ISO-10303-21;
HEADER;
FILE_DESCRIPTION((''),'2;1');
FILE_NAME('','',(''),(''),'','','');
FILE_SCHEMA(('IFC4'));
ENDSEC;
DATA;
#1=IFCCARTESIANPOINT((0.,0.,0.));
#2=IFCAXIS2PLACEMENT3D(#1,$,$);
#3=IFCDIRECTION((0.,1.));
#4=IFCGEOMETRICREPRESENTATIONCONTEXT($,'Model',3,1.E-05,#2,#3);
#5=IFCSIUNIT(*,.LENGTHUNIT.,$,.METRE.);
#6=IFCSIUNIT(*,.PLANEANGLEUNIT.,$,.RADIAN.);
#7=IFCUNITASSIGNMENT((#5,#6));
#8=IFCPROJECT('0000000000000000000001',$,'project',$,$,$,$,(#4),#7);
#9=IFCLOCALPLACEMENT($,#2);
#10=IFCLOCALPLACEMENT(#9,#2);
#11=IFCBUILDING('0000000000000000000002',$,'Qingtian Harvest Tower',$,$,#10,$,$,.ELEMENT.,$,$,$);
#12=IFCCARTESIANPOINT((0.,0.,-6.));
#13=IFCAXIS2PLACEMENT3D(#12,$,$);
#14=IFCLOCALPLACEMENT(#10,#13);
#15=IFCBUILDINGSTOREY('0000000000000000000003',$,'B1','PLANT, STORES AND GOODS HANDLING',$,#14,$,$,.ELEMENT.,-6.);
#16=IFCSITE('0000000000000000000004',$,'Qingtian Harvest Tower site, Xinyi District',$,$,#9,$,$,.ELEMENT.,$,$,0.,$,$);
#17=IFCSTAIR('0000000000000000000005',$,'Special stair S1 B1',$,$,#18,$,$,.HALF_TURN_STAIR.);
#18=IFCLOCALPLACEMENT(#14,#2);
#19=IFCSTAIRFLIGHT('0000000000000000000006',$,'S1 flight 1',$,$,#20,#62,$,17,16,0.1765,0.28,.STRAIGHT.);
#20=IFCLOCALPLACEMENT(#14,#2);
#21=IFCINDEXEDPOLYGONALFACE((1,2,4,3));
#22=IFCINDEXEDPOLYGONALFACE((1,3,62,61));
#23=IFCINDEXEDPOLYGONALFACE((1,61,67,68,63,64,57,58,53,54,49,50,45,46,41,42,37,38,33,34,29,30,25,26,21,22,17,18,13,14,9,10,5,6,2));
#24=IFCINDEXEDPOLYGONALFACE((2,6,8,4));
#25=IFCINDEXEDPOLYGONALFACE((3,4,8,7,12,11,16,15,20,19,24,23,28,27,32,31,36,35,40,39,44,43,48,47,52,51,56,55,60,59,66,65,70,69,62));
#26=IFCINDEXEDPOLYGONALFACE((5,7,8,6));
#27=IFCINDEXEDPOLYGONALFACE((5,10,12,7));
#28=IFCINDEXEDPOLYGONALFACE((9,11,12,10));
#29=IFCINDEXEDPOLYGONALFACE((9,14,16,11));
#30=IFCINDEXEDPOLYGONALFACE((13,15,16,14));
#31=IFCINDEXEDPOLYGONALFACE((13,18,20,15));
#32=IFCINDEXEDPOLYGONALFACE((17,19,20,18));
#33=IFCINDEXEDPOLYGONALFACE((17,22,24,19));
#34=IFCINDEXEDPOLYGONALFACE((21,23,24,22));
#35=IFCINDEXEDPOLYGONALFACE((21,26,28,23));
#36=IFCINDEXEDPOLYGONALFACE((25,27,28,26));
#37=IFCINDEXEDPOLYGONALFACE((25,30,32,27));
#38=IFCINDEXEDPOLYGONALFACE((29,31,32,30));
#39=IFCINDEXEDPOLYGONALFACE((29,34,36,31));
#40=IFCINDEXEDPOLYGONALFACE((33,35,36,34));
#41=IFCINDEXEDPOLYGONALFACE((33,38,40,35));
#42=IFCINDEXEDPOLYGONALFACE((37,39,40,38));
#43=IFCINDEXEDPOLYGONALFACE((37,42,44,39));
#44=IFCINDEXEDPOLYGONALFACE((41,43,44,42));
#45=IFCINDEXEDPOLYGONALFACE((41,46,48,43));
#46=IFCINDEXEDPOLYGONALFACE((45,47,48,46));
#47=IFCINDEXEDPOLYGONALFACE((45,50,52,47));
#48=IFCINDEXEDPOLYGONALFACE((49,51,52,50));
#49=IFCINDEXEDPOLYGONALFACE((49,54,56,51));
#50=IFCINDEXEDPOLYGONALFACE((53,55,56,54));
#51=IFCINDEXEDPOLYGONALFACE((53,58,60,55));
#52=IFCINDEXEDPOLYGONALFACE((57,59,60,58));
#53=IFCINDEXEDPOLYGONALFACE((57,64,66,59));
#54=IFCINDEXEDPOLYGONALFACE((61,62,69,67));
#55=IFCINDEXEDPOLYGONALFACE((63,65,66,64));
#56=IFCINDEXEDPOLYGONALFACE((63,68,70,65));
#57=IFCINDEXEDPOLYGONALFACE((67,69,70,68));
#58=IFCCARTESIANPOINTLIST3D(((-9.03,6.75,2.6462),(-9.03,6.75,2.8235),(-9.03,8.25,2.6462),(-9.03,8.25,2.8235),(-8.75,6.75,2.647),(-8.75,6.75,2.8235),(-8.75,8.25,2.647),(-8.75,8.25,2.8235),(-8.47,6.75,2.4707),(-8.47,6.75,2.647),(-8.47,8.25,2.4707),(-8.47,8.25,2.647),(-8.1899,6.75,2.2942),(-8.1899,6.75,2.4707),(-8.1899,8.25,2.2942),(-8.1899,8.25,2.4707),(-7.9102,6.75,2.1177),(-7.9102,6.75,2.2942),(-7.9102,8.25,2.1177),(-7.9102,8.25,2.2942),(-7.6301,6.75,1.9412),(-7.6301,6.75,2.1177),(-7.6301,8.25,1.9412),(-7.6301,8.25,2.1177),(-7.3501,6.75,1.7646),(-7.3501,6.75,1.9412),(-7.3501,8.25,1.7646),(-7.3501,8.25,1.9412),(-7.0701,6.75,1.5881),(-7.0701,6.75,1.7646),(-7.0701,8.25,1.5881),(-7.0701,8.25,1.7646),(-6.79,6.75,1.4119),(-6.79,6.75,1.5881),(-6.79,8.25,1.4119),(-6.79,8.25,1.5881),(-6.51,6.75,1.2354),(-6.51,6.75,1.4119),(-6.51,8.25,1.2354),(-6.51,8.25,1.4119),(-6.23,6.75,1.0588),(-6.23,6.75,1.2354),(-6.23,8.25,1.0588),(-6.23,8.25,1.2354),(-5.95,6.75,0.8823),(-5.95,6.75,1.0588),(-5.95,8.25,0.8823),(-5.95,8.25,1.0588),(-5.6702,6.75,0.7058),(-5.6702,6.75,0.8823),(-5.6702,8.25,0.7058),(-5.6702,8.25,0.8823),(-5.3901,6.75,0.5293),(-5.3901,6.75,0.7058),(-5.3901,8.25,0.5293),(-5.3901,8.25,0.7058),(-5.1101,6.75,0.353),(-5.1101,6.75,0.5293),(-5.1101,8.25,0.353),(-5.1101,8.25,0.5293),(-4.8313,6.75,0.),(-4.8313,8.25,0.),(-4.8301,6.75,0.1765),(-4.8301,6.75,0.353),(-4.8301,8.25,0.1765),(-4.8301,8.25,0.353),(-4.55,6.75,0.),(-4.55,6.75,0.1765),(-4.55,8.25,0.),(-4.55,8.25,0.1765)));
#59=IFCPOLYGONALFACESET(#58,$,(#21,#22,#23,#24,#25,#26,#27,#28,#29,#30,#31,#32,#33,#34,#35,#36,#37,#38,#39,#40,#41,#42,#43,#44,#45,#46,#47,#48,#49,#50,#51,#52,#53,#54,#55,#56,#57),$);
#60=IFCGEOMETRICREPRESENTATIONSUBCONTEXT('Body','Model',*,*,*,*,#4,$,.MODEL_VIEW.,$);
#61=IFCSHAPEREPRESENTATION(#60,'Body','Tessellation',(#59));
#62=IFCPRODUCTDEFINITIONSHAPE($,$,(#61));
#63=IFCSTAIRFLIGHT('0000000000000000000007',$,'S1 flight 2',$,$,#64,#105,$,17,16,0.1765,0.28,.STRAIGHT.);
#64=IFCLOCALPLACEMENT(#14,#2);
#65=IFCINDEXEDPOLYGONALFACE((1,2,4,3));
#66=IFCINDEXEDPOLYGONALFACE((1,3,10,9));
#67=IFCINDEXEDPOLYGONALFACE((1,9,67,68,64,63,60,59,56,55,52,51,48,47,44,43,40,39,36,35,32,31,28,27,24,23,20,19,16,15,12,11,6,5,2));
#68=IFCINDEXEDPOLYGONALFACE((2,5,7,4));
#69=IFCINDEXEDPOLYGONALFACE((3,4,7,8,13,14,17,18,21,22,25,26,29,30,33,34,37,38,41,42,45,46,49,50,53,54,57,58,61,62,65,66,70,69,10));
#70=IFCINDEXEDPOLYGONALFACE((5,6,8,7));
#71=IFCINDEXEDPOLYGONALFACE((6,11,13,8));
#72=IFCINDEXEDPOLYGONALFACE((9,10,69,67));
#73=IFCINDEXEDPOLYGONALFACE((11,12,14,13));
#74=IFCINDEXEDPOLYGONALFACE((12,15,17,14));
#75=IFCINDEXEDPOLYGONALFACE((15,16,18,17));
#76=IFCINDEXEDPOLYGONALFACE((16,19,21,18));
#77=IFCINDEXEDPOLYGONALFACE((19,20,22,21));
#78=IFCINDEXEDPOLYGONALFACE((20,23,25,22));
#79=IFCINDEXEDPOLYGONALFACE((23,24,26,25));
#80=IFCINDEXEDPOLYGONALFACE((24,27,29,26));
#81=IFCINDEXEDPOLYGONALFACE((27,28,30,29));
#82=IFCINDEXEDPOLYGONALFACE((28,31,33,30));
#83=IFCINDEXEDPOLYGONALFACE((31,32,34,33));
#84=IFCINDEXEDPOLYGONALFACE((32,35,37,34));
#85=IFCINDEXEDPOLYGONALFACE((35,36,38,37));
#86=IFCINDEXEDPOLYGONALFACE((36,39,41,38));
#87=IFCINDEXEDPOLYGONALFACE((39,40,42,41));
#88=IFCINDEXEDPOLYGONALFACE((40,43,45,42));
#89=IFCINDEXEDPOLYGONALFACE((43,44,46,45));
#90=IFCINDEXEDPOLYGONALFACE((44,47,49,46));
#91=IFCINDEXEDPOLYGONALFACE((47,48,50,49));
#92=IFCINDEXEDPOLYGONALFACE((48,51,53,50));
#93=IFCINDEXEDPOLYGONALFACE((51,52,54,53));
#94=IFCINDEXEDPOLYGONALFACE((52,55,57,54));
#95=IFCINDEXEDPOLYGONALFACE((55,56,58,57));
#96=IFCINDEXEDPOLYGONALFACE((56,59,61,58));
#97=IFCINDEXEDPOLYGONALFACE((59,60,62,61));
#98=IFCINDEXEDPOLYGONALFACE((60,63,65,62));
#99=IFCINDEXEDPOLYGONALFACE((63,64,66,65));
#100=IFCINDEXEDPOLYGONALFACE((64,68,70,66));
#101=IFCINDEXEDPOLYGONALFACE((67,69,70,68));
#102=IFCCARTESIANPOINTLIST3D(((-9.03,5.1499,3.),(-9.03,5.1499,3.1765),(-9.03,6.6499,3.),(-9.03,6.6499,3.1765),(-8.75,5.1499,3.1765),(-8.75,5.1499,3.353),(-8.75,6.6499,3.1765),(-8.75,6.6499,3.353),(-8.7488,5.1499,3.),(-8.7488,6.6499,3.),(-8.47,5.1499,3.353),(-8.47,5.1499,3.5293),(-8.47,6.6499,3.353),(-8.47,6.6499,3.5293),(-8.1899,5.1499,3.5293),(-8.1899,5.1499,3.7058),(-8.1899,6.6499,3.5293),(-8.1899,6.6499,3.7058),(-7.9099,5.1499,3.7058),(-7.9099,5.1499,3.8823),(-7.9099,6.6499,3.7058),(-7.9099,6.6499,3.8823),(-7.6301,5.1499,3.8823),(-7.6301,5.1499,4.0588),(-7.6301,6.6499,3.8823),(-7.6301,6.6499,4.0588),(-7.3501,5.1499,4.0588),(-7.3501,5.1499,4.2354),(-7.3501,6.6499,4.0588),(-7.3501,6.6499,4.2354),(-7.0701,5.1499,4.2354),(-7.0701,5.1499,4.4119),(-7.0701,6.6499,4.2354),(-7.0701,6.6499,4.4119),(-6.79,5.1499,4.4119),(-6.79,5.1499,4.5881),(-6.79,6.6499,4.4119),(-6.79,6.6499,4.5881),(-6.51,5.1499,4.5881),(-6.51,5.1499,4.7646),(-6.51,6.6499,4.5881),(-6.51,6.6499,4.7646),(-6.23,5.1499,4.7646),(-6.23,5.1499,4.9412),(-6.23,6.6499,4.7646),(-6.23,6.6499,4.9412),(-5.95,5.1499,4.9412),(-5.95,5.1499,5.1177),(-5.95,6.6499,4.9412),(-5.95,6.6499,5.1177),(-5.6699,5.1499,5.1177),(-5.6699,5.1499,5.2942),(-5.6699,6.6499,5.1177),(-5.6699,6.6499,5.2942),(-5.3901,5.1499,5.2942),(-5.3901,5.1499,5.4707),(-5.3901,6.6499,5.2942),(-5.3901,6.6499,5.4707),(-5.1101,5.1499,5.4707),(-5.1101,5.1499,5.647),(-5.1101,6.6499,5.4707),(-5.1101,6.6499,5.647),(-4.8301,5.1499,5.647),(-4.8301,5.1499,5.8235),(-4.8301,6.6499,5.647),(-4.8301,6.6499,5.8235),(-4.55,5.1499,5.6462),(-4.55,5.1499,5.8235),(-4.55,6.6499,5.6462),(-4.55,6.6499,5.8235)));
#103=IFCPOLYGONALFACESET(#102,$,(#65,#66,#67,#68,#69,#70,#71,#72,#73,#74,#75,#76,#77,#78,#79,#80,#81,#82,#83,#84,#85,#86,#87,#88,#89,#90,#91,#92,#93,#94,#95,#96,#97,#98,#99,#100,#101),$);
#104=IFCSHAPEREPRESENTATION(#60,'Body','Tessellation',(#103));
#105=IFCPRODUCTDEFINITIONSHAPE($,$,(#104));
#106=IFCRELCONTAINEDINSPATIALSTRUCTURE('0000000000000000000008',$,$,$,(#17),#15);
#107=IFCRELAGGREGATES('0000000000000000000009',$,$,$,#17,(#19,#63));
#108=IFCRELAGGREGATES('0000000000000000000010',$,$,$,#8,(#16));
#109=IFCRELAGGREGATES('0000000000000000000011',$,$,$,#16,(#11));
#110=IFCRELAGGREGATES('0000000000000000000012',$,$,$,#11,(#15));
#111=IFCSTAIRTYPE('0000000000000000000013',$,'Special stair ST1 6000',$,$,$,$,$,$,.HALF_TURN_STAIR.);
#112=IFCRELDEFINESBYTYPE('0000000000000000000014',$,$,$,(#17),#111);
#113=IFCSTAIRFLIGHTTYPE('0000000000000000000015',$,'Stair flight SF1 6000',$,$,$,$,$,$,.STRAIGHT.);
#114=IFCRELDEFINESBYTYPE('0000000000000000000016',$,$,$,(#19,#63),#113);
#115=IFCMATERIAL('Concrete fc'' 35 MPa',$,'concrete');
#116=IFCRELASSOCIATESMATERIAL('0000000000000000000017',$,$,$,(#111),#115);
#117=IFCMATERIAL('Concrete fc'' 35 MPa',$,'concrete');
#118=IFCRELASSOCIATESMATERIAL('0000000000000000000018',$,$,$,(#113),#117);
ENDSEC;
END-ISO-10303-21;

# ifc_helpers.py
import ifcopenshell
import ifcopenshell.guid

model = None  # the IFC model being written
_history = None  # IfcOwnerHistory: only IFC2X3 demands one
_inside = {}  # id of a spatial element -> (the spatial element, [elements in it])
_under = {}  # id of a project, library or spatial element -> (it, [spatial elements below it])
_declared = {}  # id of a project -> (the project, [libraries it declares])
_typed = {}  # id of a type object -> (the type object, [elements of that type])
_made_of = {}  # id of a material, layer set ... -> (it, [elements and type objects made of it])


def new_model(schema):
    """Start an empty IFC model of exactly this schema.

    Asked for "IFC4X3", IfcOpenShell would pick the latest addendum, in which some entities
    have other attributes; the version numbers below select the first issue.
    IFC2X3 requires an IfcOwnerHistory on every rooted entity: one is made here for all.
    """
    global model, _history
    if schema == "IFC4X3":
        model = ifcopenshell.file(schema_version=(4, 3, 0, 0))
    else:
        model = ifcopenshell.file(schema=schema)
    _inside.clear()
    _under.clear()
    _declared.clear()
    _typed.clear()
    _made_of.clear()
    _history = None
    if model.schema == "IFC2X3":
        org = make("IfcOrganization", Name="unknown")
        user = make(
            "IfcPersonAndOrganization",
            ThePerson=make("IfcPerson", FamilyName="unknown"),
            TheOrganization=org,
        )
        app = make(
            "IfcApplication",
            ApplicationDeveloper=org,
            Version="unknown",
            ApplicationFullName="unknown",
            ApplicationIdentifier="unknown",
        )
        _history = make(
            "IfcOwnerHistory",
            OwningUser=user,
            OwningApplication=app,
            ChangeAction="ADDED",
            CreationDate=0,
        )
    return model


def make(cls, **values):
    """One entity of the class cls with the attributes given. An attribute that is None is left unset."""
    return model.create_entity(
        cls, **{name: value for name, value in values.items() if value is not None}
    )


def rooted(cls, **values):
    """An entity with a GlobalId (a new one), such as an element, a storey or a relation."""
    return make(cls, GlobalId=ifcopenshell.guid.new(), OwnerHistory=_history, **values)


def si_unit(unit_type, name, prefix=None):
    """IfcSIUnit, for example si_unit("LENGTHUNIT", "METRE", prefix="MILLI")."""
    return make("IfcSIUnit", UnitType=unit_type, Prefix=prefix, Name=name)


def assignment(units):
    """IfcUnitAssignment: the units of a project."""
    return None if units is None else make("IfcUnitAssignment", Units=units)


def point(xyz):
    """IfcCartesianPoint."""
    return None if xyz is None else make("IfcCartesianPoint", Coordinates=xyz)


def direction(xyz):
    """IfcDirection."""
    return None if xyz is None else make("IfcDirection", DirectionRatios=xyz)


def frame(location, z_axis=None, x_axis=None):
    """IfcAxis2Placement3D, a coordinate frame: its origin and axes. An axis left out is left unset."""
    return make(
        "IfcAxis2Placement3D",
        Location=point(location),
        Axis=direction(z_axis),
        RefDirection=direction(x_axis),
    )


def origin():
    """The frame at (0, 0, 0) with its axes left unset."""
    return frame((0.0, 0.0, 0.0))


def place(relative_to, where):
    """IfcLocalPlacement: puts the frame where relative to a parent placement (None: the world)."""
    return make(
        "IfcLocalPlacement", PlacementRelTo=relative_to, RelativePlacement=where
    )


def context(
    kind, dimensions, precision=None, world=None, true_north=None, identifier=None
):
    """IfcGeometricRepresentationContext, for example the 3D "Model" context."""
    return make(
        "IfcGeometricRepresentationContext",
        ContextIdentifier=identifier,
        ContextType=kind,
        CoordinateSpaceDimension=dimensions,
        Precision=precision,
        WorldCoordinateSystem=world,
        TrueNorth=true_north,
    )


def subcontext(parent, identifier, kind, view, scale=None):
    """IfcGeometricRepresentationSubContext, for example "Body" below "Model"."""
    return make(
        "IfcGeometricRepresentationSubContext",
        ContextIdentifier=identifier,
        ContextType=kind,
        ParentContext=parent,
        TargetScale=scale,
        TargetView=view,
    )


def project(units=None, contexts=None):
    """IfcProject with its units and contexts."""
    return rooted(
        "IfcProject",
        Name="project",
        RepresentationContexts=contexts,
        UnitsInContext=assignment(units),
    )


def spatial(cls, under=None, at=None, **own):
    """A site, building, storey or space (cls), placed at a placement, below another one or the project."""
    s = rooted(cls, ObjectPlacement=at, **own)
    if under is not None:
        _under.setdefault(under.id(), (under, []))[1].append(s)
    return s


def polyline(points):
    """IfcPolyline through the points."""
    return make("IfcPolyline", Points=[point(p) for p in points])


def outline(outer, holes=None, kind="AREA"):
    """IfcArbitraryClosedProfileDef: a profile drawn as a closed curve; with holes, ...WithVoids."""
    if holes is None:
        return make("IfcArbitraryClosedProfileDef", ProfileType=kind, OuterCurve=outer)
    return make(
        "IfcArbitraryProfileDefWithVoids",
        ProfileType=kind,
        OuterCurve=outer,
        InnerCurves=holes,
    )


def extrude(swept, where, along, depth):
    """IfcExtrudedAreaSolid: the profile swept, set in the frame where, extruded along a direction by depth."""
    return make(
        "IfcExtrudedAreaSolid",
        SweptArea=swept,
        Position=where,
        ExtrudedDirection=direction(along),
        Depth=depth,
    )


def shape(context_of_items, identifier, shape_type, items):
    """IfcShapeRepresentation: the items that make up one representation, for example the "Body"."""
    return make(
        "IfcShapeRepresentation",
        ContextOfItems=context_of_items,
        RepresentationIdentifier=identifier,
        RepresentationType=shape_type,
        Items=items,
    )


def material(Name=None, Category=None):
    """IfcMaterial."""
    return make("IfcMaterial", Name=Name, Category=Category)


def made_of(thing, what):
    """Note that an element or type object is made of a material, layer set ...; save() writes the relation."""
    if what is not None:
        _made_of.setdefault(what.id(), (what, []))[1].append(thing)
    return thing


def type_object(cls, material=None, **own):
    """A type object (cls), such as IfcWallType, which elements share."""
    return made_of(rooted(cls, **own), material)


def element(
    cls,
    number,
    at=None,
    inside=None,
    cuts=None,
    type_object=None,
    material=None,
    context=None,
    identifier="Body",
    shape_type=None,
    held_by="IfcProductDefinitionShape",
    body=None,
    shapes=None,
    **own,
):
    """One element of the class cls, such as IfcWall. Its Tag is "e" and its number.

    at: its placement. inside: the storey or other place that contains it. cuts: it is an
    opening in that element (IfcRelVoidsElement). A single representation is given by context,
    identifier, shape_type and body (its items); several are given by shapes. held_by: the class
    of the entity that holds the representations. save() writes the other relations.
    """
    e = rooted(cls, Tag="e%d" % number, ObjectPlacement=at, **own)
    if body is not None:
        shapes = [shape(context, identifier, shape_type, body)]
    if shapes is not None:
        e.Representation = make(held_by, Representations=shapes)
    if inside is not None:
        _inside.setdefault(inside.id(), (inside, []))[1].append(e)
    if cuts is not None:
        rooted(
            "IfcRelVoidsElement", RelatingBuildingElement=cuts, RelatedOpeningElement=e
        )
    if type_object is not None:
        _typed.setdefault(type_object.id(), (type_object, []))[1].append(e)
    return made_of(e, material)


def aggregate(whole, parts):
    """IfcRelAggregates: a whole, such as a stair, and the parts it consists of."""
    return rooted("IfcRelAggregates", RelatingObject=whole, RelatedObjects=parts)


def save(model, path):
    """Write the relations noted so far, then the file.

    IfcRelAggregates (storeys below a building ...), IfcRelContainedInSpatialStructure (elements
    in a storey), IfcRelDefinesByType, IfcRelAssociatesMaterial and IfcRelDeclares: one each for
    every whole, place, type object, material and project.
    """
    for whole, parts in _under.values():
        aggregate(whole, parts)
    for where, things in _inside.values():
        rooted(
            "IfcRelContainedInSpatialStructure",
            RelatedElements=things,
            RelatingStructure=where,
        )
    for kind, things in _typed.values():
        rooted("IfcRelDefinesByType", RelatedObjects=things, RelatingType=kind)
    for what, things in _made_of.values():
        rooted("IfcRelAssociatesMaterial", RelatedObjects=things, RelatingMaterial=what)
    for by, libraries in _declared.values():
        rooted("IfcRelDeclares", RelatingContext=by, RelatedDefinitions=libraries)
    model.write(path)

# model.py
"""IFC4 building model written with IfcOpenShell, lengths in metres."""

from ifc_helpers import new_model, si_unit, direction, frame, origin, place, context, subcontext, project, spatial, polyline, outline, extrude, material, type_object, element, aggregate, save


model = new_model("IFC4")

# Units and contexts
model_context = context("Model", 3, precision=1e-05, world=origin(), true_north=direction((0.0, 1.0)))
body_context = subcontext(model_context, "Body", "Model", "MODEL_VIEW")
ifc_project = project(units=[si_unit("LENGTHUNIT", "METRE"), si_unit("PLANEANGLEUNIT", "RADIAN")], contexts=[model_context])

# Site, building, storey
site_placement = place(None, origin())
site = spatial("IfcSite", under=ifc_project, at=site_placement, Name="Qingtian Harvest Tower site, Xinyi District", CompositionType="ELEMENT", RefElevation=0.0)
building_placement = place(site_placement, origin())
building = spatial("IfcBuilding", under=site, at=building_placement, Name="Qingtian Harvest Tower", CompositionType="ELEMENT")
storey_placement = place(building_placement, frame((0.0, 0.0, -6.0)))
storey = spatial("IfcBuildingStorey", under=building, at=storey_placement, Name="B1", Description="PLANT, STORES AND GOODS HANDLING", CompositionType="ELEMENT", Elevation=-6.0)

# Stair, stair flights
ifc_material_1 = material(Name="Concrete fc' 35 MPa", Category="concrete")
stair_type = type_object("IfcStairType", Name="Special stair ST1 6000", PredefinedType="HALF_TURN_STAIR", material=ifc_material_1)
stair_placement = place(storey_placement, origin())
stair = element("IfcStair", 1, at=stair_placement, inside=storey, type_object=stair_type, Name="Special stair S1 B1", PredefinedType="HALF_TURN_STAIR")
ifc_material_2 = material(Name="Concrete fc' 35 MPa", Category="concrete")
stair_flight_type = type_object("IfcStairFlightType", Name="Stair flight SF1 6000", PredefinedType="STRAIGHT", material=ifc_material_2)
stair_flight_1_placement = place(storey_placement, frame((-4.55, 7.5, 0.0), z_axis=(0.0, 0.0, 1.0), x_axis=(-1.0, 0.0, 0.0)))
stair_flight_1 = element("IfcStairFlight", 2, at=stair_flight_1_placement, type_object=stair_flight_type, Name="S1 flight 1", NumberOfRisers=17, NumberOfTreads=16, PredefinedType="STRAIGHT", RiserHeight=0.1765, TreadLength=0.28, context=body_context, shape_type="SweptSolid", body=[
    extrude(outline(polyline([(0.0, 0.0), (0.0, 0.1765), (0.28, 0.1765), (0.28, 0.353), (0.5601, 0.353), (0.5601, 0.5293), (0.8401, 0.5293), (0.8401, 0.7058), (1.1201, 0.7058), (1.1201, 0.8823), (1.3999, 0.8823), (1.3999, 1.0588), (1.6799, 1.0588), (1.6799, 1.2354), (1.96, 1.2354), (1.96, 1.4119), (2.24, 1.4119), (2.24, 1.5881), (2.52, 1.5881), (2.52, 1.7646), (2.8, 1.7646), (2.8, 1.9412), (3.0801, 1.9412), (3.0801, 2.1177), (3.3601, 2.1177), (3.3601, 2.2942), (3.6399, 2.2942), (3.6399, 2.4707), (3.9199, 2.4707), (3.9199, 2.647), (4.2, 2.647), (4.2, 2.8235), (4.48, 2.8235), (4.48, 3.0), (4.48, 2.6462), (0.2812, 0.0), (0.0, 0.0)])), frame((0.0, 0.75, 0.0), z_axis=(0.0, -1.0, 0.0), x_axis=(1.0, 0.0, 0.0)), (0.0, 0.0, 1.0), 1.5),
])
stair_flight_2_placement = place(storey_placement, frame((-9.03, 5.8999, 3.0), z_axis=(0.0, 0.0, 1.0), x_axis=(1.0, 0.0, 0.0)))
stair_flight_2 = element("IfcStairFlight", 3, at=stair_flight_2_placement, type_object=stair_flight_type, Name="S1 flight 2", NumberOfRisers=17, NumberOfTreads=16, PredefinedType="STRAIGHT", RiserHeight=0.1765, TreadLength=0.28, context=body_context, shape_type="SweptSolid", body=[
    extrude(outline(polyline([(0.0, 0.0), (0.0, 0.1765), (0.28, 0.1765), (0.28, 0.353), (0.5601, 0.353), (0.5601, 0.5293), (0.8401, 0.5293), (0.8401, 0.7058), (1.1201, 0.7058), (1.1201, 0.8823), (1.3999, 0.8823), (1.3999, 1.0588), (1.6799, 1.0588), (1.6799, 1.2354), (1.96, 1.2354), (1.96, 1.4119), (2.24, 1.4119), (2.24, 1.5881), (2.52, 1.5881), (2.52, 1.7646), (2.8, 1.7646), (2.8, 1.9412), (3.0801, 1.9412), (3.0801, 2.1177), (3.3601, 2.1177), (3.3601, 2.2942), (3.6399, 2.2942), (3.6399, 2.4707), (3.9199, 2.4707), (3.9199, 2.647), (4.2, 2.647), (4.2, 2.8235), (4.48, 2.8235), (4.48, 3.0), (4.48, 2.6462), (0.2812, 0.0), (0.0, 0.0)])), frame((0.0, 0.75, 0.0), z_axis=(0.0, -1.0, 0.0), x_axis=(1.0, 0.0, 0.0)), (0.0, 0.0, 1.0), 1.5),
])
aggregate(stair, [stair_flight_1, stair_flight_2])

save(model, "model.ifc")
